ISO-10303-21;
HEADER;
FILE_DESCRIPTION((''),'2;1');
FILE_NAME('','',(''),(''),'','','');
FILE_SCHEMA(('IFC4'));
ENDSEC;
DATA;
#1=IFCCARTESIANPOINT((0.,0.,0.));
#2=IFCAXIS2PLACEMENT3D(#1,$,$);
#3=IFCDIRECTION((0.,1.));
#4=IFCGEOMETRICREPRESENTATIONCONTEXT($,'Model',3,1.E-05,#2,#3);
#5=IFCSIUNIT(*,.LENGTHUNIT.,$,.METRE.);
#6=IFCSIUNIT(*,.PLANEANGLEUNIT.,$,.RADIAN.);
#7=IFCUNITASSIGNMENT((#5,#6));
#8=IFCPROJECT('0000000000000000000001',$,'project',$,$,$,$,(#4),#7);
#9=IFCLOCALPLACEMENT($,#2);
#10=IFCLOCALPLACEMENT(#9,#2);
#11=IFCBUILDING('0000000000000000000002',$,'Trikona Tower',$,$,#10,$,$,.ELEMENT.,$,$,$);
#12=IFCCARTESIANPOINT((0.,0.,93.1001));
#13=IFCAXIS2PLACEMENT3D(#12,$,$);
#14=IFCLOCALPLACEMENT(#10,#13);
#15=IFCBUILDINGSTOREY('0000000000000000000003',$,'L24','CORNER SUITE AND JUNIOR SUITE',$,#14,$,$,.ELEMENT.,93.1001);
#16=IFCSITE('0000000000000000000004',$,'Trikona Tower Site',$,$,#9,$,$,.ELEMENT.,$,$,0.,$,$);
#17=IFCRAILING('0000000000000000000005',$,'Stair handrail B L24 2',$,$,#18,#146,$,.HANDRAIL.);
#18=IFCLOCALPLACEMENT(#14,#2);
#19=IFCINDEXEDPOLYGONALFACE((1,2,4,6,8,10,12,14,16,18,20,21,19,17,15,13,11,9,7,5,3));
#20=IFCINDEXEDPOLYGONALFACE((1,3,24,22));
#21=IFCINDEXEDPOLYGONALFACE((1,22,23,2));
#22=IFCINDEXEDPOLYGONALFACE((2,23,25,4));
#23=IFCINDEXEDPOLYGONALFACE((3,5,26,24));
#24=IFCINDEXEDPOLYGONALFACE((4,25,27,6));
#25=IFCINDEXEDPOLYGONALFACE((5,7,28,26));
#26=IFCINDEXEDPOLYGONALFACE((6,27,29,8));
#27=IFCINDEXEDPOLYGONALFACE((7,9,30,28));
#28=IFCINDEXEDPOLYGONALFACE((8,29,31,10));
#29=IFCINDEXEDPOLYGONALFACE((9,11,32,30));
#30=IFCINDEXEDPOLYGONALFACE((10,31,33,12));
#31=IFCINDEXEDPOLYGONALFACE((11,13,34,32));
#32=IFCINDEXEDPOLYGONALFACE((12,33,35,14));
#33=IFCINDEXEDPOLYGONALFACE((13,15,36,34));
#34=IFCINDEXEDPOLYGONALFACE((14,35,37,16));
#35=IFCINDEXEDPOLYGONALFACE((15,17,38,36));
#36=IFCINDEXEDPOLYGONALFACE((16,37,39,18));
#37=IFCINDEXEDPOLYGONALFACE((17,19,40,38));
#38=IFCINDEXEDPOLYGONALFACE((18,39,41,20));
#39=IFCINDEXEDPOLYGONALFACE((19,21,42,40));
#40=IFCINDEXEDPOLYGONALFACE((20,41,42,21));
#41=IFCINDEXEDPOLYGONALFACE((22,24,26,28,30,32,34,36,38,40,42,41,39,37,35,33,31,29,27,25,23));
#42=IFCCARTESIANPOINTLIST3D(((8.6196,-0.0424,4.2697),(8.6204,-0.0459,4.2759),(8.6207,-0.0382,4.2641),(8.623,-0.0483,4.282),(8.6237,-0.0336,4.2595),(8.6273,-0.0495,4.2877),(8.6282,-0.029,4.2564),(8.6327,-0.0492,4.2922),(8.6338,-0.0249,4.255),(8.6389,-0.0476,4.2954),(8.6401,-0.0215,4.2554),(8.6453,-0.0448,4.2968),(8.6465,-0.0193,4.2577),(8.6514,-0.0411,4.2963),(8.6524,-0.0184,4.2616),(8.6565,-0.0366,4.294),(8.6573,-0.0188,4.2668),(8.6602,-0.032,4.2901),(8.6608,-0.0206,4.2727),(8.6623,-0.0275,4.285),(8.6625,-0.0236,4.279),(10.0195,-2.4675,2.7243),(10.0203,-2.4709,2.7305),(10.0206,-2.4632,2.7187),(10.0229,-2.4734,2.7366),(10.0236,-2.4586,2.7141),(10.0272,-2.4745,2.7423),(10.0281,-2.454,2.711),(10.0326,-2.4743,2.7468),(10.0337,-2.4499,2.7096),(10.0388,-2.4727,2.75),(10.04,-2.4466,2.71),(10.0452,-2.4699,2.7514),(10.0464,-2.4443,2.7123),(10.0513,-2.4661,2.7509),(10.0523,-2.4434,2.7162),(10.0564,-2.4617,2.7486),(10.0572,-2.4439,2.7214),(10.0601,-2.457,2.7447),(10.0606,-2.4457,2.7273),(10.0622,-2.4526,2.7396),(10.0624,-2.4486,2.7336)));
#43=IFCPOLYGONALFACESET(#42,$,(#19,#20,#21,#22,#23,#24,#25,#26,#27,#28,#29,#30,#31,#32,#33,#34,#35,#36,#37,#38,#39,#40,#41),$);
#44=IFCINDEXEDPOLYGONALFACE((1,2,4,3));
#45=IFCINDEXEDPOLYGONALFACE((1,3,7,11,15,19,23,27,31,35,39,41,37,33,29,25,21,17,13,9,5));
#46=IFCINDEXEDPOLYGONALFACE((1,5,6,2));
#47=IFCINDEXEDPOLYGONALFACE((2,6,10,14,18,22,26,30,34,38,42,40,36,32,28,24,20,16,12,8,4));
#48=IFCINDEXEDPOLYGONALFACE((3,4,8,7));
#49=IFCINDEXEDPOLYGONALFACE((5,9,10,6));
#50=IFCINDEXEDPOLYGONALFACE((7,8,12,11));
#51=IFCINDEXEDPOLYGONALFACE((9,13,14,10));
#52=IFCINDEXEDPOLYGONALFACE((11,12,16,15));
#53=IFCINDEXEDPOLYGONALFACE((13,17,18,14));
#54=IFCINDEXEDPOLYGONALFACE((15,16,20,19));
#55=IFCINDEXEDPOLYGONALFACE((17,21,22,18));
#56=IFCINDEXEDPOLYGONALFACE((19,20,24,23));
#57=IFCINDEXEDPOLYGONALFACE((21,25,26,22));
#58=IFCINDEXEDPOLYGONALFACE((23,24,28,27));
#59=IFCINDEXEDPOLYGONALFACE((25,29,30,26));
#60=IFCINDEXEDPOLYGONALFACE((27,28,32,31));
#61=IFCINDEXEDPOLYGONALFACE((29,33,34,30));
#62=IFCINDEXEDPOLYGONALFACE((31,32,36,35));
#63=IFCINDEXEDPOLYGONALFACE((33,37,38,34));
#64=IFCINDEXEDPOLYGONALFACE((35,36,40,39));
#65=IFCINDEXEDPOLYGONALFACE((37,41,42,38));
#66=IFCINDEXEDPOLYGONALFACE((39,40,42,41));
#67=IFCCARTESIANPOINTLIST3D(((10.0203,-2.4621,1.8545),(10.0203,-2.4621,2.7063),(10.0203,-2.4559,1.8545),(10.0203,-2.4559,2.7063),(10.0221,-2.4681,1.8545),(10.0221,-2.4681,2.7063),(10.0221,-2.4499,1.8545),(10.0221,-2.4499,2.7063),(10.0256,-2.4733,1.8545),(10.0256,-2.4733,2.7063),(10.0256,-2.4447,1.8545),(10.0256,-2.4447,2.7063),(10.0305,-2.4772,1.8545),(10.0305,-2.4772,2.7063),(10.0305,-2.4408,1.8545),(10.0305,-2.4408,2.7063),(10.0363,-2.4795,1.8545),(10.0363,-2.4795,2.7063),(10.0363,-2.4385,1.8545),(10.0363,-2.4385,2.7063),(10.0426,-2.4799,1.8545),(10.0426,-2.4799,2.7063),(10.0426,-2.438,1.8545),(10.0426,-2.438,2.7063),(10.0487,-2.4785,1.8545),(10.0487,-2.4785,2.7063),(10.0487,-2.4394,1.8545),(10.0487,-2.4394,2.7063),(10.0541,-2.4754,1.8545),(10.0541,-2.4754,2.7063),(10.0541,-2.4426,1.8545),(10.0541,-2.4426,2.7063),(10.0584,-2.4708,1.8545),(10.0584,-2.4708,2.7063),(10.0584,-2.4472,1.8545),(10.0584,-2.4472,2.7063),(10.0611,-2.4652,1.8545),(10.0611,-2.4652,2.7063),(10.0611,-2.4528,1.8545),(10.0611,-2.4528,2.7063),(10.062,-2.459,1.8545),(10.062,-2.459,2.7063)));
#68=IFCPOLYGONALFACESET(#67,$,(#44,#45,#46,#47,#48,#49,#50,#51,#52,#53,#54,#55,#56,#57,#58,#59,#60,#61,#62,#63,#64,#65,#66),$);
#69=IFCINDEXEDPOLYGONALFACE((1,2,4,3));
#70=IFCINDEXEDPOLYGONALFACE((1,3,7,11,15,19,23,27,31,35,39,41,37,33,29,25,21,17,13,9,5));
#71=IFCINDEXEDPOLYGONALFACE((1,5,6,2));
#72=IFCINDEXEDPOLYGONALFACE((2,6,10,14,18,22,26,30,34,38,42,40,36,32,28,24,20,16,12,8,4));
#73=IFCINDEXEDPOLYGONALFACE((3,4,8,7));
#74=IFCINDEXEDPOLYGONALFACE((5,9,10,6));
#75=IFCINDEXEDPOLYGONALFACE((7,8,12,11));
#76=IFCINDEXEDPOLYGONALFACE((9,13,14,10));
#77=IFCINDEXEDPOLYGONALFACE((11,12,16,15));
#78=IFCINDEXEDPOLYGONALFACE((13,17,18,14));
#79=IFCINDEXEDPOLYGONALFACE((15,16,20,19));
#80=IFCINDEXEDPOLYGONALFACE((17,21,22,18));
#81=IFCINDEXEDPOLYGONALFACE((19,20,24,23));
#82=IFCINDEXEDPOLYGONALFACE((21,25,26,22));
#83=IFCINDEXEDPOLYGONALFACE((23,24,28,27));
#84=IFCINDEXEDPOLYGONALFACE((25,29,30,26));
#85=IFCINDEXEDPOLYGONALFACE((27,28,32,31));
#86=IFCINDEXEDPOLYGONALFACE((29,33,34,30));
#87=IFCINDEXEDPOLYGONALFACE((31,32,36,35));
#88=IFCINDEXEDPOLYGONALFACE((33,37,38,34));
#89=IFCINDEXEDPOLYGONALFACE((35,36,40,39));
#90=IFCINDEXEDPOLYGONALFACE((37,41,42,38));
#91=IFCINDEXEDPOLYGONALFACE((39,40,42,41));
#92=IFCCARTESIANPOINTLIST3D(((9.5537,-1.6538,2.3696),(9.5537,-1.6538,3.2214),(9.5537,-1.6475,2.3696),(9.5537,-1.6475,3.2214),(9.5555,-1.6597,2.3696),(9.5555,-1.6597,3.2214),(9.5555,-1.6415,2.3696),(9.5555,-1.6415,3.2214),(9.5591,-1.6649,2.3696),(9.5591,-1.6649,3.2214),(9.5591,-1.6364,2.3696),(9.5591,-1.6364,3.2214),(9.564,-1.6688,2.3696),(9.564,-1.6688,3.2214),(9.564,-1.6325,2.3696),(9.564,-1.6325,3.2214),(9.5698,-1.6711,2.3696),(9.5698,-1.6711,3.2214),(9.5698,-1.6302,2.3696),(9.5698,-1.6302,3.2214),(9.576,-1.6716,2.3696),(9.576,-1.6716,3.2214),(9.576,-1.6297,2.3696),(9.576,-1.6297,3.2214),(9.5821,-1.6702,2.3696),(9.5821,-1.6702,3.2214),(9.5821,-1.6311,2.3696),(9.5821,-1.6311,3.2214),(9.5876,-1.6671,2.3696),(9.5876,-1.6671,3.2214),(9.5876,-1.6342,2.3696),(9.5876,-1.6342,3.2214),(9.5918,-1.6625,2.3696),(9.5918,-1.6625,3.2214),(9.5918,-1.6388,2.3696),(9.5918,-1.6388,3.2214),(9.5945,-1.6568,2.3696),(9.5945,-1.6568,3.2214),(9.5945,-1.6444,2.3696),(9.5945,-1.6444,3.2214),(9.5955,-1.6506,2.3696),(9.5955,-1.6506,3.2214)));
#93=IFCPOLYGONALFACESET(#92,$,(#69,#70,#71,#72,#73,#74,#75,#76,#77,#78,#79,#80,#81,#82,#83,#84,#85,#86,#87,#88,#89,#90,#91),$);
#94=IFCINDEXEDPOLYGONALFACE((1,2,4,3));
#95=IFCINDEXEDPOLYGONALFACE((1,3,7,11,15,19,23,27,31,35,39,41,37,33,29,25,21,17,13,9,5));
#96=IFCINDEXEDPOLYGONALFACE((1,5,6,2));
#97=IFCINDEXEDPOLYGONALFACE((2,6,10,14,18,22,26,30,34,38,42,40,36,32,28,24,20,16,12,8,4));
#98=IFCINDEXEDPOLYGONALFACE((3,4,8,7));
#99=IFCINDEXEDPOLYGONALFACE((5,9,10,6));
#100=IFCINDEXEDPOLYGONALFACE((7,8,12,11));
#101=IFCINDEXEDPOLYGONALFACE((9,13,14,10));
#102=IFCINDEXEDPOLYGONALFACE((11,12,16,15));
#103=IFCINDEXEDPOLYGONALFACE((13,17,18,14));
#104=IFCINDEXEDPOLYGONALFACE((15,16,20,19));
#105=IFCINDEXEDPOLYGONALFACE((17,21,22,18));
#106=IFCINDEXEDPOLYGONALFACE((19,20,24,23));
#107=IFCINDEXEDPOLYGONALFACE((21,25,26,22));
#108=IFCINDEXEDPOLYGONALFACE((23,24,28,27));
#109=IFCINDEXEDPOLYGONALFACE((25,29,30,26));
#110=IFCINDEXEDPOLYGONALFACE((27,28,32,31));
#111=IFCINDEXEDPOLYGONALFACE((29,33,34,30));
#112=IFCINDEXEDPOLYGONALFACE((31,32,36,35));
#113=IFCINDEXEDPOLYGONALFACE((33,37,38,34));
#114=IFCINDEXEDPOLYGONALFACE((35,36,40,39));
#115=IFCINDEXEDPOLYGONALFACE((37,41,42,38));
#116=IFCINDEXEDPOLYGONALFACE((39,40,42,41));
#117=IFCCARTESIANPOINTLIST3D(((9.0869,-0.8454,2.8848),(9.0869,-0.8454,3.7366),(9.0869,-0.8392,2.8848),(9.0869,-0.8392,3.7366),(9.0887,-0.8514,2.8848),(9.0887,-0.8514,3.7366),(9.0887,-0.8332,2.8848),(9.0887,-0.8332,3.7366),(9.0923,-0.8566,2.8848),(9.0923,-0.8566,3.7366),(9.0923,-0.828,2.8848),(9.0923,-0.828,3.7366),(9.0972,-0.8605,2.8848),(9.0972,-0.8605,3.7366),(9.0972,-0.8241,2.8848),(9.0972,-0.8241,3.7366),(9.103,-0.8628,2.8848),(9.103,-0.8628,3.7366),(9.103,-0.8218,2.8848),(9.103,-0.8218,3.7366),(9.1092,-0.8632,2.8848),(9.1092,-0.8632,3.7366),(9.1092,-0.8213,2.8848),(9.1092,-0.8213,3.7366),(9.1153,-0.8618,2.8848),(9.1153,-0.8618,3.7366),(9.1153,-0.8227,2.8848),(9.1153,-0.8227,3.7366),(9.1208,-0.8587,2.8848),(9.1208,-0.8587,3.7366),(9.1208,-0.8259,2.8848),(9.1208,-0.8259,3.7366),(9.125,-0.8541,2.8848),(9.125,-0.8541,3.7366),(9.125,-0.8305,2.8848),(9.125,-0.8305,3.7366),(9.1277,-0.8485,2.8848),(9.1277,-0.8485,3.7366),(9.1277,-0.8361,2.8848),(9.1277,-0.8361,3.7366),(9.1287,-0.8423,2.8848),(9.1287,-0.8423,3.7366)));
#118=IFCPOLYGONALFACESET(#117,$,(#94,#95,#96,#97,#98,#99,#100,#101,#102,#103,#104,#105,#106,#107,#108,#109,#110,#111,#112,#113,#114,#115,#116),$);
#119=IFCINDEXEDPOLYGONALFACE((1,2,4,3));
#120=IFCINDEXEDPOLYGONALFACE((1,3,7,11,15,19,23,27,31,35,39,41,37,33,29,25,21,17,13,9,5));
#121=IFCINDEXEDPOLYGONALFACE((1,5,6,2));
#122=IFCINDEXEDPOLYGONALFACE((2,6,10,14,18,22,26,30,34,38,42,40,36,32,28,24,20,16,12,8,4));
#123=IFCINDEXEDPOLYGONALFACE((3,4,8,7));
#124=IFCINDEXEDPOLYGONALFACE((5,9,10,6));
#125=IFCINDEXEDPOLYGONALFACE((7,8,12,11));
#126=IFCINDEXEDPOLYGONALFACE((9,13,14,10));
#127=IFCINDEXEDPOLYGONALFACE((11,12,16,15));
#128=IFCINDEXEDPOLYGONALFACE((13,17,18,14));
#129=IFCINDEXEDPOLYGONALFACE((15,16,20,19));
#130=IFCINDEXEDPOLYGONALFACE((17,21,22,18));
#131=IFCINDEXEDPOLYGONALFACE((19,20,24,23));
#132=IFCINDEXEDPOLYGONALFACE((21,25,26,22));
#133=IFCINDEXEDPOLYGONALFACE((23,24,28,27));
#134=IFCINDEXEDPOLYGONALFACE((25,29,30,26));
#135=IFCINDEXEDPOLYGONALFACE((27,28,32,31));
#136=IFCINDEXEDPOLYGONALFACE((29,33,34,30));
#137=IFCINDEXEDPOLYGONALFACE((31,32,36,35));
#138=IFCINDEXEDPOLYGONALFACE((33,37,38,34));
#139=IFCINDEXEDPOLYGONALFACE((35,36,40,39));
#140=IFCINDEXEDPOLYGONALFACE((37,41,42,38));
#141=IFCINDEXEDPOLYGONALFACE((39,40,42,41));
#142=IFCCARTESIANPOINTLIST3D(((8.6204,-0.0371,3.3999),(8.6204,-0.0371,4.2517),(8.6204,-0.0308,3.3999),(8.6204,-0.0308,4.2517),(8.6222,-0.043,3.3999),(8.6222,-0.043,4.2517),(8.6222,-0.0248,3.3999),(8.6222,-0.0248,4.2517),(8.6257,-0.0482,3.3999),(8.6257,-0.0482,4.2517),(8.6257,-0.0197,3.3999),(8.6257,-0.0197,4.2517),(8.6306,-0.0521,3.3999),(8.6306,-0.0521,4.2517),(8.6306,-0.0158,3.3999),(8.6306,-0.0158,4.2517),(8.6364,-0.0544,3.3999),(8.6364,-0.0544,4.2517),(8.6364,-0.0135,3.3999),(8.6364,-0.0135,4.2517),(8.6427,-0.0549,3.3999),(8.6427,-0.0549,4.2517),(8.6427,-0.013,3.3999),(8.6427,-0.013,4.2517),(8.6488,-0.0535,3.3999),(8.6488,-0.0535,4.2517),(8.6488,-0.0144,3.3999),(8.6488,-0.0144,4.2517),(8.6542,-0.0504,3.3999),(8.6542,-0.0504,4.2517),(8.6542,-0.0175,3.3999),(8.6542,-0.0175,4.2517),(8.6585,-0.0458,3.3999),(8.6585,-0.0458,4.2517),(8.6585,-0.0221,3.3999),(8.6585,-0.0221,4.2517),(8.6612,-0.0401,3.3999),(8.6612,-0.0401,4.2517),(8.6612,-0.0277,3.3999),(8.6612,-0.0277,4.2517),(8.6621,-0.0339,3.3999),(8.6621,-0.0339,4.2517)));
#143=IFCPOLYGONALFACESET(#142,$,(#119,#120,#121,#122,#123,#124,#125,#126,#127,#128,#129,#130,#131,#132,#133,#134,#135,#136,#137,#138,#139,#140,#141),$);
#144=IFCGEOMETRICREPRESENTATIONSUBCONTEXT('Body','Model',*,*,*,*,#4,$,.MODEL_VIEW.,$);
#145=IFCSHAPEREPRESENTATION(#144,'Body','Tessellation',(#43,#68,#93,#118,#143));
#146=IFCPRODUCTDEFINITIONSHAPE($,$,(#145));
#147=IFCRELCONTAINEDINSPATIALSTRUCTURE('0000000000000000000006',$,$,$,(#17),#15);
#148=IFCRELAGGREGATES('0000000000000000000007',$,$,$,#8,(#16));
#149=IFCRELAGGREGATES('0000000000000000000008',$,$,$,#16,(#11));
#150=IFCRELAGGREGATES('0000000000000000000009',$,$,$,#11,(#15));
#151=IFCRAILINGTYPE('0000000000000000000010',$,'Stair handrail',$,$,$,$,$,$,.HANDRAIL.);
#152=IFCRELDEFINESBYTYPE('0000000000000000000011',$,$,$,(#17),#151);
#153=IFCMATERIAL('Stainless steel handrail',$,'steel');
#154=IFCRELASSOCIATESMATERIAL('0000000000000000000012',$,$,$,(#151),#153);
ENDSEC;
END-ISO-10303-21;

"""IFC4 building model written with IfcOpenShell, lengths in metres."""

from ifc_helpers import new_model, si_unit, direction, frame, origin, origin_2d, place, context, subcontext, project, spatial, circle, extrude, material, type_object, element, save


model = new_model("IFC4")

# Units and contexts
model_context = context("Model", 3, precision=1e-05, world=origin(), true_north=direction((0.0, 1.0)))
body_context = subcontext(model_context, "Body", "Model", "MODEL_VIEW")
ifc_project = project(units=[si_unit("LENGTHUNIT", "METRE"), si_unit("PLANEANGLEUNIT", "RADIAN")], contexts=[model_context])

# Site, building, storey
site_placement = place(None, origin())
site = spatial("IfcSite", under=ifc_project, at=site_placement, Name="Trikona Tower Site", CompositionType="ELEMENT", RefElevation=0.0)
building_placement = place(site_placement, origin())
building = spatial("IfcBuilding", under=site, at=building_placement, Name="Trikona Tower", CompositionType="ELEMENT")
storey_placement = place(building_placement, frame((0.0, 0.0, 93.1001)))
storey = spatial("IfcBuildingStorey", under=building, at=storey_placement, Name="L24", Description="CORNER SUITE AND JUNIOR SUITE", CompositionType="ELEMENT", Elevation=93.1001)

# Railing
ifc_material_1 = material(Name="Stainless steel handrail", Category="steel")
railing_type = type_object("IfcRailingType", Name="Stair handrail", PredefinedType="HANDRAIL", material=ifc_material_1)
railing_placement = place(storey_placement, frame((10.041, -2.459, 1.8545)))
element("IfcRailing", 1, at=railing_placement, inside=storey, type_object=railing_type, Name="Stair handrail B L24 2", PredefinedType="HANDRAIL", context=body_context, shape_type="SweptSolid", body=[
    extrude(circle(Radius=0.0239, at=origin_2d()), frame((0.0, 0.0, 0.876), z_axis=(-0.437707, 0.75824, 0.483203), x_axis=(-0.866056, -0.499946, 0.0)), (0.0, 0.0, 1.0), 3.1982),
    extrude(circle(Radius=0.021, at=origin_2d()), origin(), (0.0, 0.0, 1.0), 0.8518),
    extrude(circle(Radius=0.021, at=origin_2d()), frame((-0.4666, 0.8083, 0.5151)), (0.0, 0.0, 1.0), 0.8518),
    extrude(circle(Radius=0.021, at=origin_2d()), frame((-0.9333, 1.6167, 1.0303)), (0.0, 0.0, 1.0), 0.8518),
    extrude(circle(Radius=0.021, at=origin_2d()), frame((-1.3999, 2.425, 1.5454)), (0.0, 0.0, 1.0), 0.8518),
])

save(model, "model.ifc")
